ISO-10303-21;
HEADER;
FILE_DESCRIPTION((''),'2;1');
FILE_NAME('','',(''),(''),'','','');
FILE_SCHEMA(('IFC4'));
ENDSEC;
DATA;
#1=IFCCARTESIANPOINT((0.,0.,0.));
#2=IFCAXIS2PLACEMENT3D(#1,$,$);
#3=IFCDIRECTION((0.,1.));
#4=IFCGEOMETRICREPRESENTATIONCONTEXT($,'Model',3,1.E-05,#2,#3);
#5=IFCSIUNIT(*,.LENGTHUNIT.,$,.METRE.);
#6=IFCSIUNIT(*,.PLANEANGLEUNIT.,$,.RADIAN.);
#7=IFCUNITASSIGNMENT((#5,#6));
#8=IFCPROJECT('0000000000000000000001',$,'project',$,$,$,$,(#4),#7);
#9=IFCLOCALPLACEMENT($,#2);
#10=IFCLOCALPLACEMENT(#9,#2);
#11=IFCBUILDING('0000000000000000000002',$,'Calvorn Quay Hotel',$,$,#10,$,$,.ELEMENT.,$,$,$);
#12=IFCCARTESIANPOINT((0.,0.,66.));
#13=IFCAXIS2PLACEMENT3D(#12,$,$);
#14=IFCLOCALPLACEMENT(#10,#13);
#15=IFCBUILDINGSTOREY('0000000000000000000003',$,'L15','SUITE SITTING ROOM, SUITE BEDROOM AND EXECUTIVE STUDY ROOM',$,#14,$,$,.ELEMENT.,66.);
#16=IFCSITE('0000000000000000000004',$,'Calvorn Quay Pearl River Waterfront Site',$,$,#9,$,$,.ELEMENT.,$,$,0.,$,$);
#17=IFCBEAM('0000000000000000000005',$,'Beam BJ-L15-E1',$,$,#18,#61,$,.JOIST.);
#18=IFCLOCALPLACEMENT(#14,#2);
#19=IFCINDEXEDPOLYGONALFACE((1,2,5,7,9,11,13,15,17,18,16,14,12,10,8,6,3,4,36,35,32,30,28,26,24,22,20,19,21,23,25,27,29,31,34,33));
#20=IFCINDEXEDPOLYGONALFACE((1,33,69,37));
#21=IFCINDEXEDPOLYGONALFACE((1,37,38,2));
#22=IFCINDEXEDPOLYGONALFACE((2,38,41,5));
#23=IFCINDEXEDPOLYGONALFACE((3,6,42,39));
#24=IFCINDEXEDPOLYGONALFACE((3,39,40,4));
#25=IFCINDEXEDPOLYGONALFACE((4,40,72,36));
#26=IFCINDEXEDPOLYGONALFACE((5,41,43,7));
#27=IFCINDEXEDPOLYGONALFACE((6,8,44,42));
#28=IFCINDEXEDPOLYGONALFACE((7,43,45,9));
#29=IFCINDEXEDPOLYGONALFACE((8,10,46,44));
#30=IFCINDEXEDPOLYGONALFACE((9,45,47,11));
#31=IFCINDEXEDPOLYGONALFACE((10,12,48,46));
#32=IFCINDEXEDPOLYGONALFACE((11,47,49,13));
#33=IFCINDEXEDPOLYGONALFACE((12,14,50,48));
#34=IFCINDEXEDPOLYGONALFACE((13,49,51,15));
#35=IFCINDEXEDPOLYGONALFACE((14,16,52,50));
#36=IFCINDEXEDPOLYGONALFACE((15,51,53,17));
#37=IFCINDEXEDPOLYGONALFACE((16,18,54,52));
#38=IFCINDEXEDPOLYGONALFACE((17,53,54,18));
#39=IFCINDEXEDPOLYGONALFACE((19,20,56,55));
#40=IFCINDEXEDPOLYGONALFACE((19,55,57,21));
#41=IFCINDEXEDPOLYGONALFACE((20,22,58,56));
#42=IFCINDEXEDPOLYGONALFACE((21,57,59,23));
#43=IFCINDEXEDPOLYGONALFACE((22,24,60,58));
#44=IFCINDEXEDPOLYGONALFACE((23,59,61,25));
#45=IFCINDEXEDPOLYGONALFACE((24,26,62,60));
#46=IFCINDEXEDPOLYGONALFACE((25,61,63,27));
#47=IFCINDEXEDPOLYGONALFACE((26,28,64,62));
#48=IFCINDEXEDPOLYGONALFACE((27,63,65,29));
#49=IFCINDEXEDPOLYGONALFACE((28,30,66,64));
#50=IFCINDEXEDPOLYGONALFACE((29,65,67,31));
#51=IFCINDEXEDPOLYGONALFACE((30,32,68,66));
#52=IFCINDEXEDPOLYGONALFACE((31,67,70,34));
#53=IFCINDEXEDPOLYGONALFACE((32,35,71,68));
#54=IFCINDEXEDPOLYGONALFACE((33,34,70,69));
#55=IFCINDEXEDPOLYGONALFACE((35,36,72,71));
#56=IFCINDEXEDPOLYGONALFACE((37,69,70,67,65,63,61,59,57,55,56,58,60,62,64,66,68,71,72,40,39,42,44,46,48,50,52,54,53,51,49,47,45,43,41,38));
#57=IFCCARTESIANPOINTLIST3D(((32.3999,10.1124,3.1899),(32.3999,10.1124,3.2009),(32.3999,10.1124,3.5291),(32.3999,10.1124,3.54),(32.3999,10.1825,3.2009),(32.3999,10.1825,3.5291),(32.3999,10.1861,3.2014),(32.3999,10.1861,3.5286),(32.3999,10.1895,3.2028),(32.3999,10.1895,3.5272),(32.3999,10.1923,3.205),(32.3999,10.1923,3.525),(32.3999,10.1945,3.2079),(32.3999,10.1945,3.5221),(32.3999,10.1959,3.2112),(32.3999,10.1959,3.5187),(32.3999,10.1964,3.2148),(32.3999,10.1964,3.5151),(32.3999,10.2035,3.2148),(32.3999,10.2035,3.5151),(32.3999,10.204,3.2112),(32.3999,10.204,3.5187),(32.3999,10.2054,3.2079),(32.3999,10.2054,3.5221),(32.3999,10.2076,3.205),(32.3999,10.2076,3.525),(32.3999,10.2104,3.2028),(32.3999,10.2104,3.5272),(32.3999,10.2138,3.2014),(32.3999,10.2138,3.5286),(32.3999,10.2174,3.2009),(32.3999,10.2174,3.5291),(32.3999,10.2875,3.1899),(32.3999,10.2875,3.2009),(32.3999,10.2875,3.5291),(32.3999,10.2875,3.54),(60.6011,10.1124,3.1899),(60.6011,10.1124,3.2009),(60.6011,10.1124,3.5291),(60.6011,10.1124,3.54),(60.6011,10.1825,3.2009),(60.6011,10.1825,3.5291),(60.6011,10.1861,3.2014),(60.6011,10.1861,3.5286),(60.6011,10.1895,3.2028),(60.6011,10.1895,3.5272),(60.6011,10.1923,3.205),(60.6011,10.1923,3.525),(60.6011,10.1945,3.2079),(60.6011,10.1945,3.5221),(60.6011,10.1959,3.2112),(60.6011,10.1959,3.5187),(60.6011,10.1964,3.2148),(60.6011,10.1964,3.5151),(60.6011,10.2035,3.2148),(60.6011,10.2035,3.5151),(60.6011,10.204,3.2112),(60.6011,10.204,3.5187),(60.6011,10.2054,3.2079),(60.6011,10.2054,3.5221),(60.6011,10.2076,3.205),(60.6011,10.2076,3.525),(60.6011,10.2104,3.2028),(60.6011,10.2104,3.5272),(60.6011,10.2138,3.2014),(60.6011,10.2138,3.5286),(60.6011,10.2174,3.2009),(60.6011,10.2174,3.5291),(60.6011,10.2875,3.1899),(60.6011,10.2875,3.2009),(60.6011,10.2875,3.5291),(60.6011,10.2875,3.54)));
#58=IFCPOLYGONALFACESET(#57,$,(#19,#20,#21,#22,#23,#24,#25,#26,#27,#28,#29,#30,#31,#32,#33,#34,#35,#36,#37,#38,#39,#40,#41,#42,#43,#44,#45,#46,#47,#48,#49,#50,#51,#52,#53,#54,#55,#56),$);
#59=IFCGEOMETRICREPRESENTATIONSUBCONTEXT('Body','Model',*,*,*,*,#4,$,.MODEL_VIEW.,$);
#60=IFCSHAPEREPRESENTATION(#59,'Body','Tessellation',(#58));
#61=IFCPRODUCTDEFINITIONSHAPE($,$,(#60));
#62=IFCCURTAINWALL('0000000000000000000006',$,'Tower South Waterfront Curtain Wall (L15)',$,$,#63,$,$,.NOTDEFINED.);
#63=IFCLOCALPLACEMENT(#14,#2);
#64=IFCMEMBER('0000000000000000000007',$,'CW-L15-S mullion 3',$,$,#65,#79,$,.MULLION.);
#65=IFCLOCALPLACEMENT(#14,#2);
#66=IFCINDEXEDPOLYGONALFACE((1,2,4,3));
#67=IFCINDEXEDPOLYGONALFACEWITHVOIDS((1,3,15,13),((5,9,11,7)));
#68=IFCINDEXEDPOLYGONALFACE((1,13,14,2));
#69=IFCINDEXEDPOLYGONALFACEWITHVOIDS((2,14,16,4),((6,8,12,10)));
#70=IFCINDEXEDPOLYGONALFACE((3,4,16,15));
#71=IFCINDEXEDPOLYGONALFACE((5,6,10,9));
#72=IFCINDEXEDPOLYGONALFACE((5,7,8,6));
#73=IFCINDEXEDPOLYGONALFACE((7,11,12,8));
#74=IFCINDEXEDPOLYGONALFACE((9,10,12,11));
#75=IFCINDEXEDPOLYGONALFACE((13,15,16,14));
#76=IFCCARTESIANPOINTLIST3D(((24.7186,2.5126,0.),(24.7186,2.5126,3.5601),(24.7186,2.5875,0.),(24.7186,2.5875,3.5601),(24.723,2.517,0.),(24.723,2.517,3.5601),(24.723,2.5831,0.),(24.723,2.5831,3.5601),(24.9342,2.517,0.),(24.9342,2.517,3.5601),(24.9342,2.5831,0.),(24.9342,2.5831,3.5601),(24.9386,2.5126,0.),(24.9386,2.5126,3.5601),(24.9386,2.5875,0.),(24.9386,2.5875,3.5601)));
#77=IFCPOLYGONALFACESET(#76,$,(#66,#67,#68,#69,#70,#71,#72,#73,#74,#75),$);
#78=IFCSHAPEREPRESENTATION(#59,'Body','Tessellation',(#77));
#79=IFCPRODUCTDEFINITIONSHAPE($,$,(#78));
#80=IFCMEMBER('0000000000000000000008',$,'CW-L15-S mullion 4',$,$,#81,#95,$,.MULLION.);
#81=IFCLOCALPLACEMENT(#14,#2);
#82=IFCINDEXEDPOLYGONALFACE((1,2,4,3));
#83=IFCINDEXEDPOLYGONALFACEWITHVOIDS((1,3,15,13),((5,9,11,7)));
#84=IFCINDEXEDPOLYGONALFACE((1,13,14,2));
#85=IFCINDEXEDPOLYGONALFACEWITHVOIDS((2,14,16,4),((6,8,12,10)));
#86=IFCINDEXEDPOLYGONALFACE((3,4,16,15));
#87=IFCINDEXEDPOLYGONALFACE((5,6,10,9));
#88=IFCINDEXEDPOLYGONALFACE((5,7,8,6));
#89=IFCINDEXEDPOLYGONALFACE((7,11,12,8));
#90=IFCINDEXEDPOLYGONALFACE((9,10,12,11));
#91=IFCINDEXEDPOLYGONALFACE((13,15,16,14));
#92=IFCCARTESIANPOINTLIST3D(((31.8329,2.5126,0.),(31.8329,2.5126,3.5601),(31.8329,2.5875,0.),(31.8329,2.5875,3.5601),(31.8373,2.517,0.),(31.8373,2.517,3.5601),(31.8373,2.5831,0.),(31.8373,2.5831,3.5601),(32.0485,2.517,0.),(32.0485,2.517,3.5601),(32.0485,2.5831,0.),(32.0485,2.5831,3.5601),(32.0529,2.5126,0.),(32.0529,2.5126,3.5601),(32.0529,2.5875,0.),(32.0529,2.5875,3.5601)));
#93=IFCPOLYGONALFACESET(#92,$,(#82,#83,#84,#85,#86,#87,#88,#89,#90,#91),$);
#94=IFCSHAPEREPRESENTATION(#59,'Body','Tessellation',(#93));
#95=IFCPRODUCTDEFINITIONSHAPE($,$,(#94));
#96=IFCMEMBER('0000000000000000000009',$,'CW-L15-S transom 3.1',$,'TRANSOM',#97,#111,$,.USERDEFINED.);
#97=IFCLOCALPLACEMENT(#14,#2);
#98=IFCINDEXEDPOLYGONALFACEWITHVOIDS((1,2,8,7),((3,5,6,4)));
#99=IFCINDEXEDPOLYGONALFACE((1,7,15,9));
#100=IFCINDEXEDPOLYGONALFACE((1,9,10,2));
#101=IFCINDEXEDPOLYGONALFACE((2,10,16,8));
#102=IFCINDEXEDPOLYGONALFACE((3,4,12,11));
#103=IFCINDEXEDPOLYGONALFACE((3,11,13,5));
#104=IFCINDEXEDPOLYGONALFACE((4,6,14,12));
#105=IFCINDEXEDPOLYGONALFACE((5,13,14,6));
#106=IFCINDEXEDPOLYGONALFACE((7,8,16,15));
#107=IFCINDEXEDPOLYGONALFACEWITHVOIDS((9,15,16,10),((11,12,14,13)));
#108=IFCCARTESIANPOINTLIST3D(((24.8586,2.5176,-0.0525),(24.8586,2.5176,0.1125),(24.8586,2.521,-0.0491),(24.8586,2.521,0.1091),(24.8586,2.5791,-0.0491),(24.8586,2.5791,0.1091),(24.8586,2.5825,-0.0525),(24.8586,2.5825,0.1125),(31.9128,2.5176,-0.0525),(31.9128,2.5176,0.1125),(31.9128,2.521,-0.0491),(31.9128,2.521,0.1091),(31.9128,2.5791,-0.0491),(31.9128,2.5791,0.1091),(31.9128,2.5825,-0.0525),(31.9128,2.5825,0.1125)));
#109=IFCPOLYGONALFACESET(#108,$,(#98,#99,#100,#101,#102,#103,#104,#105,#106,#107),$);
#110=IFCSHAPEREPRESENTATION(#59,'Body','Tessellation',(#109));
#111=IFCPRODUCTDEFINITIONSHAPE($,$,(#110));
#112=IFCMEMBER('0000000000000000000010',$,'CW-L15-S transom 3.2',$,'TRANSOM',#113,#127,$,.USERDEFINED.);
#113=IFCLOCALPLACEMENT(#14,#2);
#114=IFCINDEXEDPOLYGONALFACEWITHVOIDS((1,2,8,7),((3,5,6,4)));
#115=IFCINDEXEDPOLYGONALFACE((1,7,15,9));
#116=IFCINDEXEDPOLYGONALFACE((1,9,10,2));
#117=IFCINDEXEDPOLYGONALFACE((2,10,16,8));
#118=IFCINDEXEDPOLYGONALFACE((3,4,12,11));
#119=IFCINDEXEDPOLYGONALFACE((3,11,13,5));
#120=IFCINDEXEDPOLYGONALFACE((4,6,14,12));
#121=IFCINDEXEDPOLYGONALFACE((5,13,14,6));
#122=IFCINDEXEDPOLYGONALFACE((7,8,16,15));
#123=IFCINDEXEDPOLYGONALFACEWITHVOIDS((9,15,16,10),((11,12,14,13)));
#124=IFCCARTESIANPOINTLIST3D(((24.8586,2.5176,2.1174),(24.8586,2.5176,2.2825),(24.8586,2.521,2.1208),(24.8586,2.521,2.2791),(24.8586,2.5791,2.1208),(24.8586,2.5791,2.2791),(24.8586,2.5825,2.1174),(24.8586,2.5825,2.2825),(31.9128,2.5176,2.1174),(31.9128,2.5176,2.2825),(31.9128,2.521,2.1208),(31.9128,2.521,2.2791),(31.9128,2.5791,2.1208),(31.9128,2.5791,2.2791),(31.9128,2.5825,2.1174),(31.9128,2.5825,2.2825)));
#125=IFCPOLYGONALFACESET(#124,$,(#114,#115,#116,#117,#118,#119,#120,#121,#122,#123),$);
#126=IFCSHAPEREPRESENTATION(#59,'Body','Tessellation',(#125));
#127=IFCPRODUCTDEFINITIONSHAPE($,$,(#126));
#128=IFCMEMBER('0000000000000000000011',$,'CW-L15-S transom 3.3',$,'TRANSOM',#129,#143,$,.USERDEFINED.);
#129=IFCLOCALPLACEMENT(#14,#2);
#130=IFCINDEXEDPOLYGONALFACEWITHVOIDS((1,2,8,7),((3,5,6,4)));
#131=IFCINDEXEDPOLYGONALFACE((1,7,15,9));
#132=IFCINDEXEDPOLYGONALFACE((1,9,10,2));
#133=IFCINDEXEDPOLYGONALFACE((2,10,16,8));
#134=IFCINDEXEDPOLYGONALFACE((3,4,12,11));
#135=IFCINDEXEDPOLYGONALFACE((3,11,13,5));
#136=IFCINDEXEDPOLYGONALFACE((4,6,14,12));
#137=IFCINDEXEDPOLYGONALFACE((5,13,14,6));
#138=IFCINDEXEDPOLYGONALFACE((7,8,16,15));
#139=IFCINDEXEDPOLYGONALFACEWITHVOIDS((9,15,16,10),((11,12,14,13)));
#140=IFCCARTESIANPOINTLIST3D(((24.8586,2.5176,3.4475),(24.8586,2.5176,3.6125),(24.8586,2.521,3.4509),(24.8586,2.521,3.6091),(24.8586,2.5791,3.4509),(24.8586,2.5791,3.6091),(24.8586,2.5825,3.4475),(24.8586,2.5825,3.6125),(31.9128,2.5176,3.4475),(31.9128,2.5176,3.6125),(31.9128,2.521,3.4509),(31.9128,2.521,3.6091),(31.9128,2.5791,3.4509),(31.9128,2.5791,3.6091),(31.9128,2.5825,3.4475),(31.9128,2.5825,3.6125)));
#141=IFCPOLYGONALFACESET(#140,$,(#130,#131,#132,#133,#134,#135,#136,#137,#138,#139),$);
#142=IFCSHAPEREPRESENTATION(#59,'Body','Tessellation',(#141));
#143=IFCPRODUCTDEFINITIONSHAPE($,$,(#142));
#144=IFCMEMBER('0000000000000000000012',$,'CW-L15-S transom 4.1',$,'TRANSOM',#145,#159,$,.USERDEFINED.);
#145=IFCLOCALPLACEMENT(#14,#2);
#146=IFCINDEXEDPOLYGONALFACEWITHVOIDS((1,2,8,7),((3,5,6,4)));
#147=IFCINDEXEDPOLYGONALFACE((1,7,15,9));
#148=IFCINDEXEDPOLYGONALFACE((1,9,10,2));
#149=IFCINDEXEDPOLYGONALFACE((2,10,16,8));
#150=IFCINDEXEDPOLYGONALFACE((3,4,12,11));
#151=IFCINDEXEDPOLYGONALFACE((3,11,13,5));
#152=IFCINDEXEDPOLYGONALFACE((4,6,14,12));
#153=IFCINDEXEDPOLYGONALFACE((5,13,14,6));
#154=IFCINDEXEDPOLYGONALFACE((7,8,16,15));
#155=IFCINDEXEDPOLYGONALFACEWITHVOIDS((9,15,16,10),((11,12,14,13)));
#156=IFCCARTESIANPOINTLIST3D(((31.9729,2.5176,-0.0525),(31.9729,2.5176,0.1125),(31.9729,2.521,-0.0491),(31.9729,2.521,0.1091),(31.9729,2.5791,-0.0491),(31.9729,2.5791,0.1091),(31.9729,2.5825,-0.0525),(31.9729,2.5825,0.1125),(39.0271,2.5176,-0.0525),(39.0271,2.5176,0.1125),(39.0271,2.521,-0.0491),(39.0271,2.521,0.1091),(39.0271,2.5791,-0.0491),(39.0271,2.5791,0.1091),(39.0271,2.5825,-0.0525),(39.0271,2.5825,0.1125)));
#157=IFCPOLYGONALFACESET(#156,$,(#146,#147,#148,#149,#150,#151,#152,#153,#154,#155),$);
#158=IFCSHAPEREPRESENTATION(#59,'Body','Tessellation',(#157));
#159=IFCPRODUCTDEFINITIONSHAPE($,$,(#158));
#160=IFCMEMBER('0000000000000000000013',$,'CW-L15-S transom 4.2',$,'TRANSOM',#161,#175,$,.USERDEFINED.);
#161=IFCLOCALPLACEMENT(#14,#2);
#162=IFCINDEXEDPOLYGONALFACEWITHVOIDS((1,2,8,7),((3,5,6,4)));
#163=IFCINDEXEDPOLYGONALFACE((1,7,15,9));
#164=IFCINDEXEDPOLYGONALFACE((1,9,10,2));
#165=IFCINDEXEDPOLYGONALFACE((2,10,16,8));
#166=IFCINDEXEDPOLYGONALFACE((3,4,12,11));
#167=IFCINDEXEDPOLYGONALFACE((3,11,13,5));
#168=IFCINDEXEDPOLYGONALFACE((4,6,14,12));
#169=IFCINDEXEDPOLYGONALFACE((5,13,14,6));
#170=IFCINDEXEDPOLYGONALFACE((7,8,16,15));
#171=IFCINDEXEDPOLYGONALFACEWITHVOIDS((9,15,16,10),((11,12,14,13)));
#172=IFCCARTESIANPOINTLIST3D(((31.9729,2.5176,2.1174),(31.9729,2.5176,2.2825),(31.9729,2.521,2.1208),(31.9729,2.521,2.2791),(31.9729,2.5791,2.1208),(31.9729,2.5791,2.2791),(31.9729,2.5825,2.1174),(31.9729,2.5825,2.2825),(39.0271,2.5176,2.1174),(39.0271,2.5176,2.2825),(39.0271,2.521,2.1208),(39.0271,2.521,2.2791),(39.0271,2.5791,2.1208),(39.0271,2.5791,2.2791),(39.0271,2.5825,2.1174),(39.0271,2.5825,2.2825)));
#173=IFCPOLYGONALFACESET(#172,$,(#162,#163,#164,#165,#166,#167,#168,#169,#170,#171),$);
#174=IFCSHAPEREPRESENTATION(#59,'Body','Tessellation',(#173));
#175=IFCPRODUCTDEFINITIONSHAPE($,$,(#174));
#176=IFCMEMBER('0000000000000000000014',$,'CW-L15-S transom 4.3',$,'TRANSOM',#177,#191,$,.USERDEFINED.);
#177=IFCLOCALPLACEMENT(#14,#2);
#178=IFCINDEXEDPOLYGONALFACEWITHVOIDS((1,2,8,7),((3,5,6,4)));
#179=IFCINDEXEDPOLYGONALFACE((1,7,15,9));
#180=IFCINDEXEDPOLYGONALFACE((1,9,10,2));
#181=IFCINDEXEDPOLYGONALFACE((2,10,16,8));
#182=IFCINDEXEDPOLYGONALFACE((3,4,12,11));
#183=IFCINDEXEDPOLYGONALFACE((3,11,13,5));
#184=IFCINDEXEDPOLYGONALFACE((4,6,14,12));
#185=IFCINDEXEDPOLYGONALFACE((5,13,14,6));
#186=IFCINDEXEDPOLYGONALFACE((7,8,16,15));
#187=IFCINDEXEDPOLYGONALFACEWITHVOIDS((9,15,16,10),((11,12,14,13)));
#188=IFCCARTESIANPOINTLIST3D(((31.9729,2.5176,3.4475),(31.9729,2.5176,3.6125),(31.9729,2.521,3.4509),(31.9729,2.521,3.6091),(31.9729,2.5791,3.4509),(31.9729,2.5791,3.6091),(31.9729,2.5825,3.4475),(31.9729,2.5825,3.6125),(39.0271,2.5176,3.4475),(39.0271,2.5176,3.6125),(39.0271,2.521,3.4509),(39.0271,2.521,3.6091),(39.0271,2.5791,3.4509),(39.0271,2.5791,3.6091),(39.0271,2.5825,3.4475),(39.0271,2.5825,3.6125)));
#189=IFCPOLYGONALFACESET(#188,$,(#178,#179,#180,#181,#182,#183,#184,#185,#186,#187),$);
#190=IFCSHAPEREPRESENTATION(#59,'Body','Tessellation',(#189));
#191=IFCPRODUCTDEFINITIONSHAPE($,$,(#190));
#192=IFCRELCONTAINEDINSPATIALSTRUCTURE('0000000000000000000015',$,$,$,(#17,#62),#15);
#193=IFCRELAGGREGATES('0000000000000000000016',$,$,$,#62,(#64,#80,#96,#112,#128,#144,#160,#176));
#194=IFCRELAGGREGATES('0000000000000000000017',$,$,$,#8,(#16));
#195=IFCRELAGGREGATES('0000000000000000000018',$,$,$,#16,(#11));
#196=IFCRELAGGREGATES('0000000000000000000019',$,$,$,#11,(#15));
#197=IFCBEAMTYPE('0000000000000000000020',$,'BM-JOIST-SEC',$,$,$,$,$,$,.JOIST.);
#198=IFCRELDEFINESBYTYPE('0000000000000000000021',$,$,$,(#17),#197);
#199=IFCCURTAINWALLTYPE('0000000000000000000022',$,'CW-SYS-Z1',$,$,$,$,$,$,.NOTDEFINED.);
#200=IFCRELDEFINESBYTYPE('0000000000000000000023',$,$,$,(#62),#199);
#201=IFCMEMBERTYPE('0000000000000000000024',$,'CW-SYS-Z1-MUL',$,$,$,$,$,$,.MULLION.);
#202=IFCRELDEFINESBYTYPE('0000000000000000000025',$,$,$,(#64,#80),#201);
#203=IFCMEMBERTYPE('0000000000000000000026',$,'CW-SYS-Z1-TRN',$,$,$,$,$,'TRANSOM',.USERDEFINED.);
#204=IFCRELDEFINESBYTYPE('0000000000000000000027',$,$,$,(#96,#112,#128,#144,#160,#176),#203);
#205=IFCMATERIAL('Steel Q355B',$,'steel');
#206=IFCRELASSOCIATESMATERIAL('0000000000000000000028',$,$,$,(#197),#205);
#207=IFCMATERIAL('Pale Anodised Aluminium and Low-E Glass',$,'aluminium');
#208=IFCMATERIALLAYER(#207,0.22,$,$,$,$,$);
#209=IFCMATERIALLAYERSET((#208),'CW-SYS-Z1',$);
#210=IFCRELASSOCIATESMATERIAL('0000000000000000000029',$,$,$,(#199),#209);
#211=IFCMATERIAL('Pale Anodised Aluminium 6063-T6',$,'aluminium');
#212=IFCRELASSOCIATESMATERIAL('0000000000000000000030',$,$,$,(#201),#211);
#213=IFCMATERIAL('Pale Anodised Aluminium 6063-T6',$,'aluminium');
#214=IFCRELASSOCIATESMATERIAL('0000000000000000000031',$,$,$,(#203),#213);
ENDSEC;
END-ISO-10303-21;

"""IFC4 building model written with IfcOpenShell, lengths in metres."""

from ifc_helpers import new_model, si_unit, direction, frame, origin, origin_2d, place, context, subcontext, project, spatial, hollow_rectangle, i_section, extrude, material, layer, layer_set, material_profile, profile_set, type_object, element, aggregate, save


model = new_model("IFC4")

# Units and contexts
model_context = context("Model", 3, precision=1e-05, world=origin(), true_north=direction((0.0, 1.0)))
body_context = subcontext(model_context, "Body", "Model", "MODEL_VIEW")
ifc_project = project(units=[si_unit("LENGTHUNIT", "METRE"), si_unit("PLANEANGLEUNIT", "RADIAN")], contexts=[model_context])

# Site, building, storey
site_placement = place(None, origin())
site = spatial("IfcSite", under=ifc_project, at=site_placement, Name="Calvorn Quay Pearl River Waterfront Site", CompositionType="ELEMENT", RefElevation=0.0)
building_placement = place(site_placement, origin())
building = spatial("IfcBuilding", under=site, at=building_placement, Name="Calvorn Quay Hotel", CompositionType="ELEMENT")
storey_placement = place(building_placement, frame((0.0, 0.0, 66.0)))
storey = spatial("IfcBuildingStorey", under=building, at=storey_placement, Name="L15", Description="SUITE SITTING ROOM, SUITE BEDROOM AND EXECUTIVE STUDY ROOM", CompositionType="ELEMENT", Elevation=66.0)

# Beam
ifc_material_1 = material(Name="Steel Q355B", Category="steel")
ifc_material_profile_1 = material_profile(ifc_material_1, i_section(OverallWidth=0.175, OverallDepth=0.3501, WebThickness=0.0071, FlangeThickness=0.011, FilletRadius=0.0139, at=origin_2d()), Name="HN350x175x7x11")
ifc_profile_set_1 = profile_set([ifc_material_profile_1], Name="Steel Q355B")
beam_type = type_object("IfcBeamType", Name="BM-JOIST-SEC", PredefinedType="JOIST", material=ifc_profile_set_1)
beam_placement = place(storey_placement, frame((32.3999, 10.2, 3.365), z_axis=(1.0, 0.0, 0.0), x_axis=(0.0, 1.0, 0.0)))
element("IfcBeam", 1, at=beam_placement, inside=storey, type_object=beam_type, Name="Beam BJ-L15-E1", PredefinedType="JOIST", context=body_context, shape_type="SweptSolid", body=[
    extrude(i_section(OverallWidth=0.175, OverallDepth=0.3501, WebThickness=0.0071, FlangeThickness=0.011, FilletRadius=0.0139, at=origin_2d()), origin(), (0.0, 0.0, 1.0), 28.2012),
])

# Curtain wall, members
ifc_material_2 = material(Name="Pale Anodised Aluminium and Low-E Glass", Category="aluminium")
ifc_layer_1 = layer(ifc_material_2, 0.22)
ifc_layer_set_1 = layer_set([ifc_layer_1], Name="CW-SYS-Z1")
curtain_wall_type = type_object("IfcCurtainWallType", Name="CW-SYS-Z1", PredefinedType="NOTDEFINED", material=ifc_layer_set_1)
curtain_wall_placement = place(storey_placement, origin())
curtain_wall = element("IfcCurtainWall", 2, at=curtain_wall_placement, inside=storey, type_object=curtain_wall_type, Name="Tower South Waterfront Curtain Wall (L15)", PredefinedType="NOTDEFINED")
ifc_material_3 = material(Name="Pale Anodised Aluminium 6063-T6", Category="aluminium")
ifc_material_profile_2 = material_profile(ifc_material_3, hollow_rectangle(XDim=0.075, YDim=0.22, WallThickness=0.0044, at=origin_2d()), Name="ALU-M220x75x4.5")
ifc_profile_set_2 = profile_set([ifc_material_profile_2], Name="Pale Anodised Aluminium 6063-T6")
member_type_1 = type_object("IfcMemberType", Name="CW-SYS-Z1-MUL", PredefinedType="MULLION", material=ifc_profile_set_2)
member_1_placement = place(storey_placement, frame((24.8286, 2.55, 0.0), z_axis=(0.0, 0.0, 1.0), x_axis=(0.0, 1.0, 0.0)))
member_1 = element("IfcMember", 3, at=member_1_placement, type_object=member_type_1, Name="CW-L15-S mullion 3", PredefinedType="MULLION", context=body_context, shape_type="SweptSolid", body=[
    extrude(hollow_rectangle(XDim=0.075, YDim=0.22, WallThickness=0.0044, at=origin_2d()), origin(), (0.0, 0.0, 1.0), 3.5601),
])
member_2_placement = place(storey_placement, frame((31.9429, 2.55, 0.0), z_axis=(0.0, 0.0, 1.0), x_axis=(0.0, 1.0, 0.0)))
member_2 = element("IfcMember", 4, at=member_2_placement, type_object=member_type_1, Name="CW-L15-S mullion 4", PredefinedType="MULLION", context=body_context, shape_type="SweptSolid", body=[
    extrude(hollow_rectangle(XDim=0.075, YDim=0.22, WallThickness=0.0044, at=origin_2d()), origin(), (0.0, 0.0, 1.0), 3.5601),
])
ifc_material_4 = material(Name="Pale Anodised Aluminium 6063-T6", Category="aluminium")
ifc_material_profile_3 = material_profile(ifc_material_4, hollow_rectangle(XDim=0.0649, YDim=0.165, WallThickness=0.0034, at=origin_2d()), Name="ALU-T165x65x3.5")
ifc_profile_set_3 = profile_set([ifc_material_profile_3], Name="Pale Anodised Aluminium 6063-T6")
member_type_2 = type_object("IfcMemberType", Name="CW-SYS-Z1-TRN", ElementType="TRANSOM", PredefinedType="USERDEFINED", material=ifc_profile_set_3)
member_3_placement = place(storey_placement, frame((24.8586, 2.55, 0.03), z_axis=(1.0, 0.0, 0.0), x_axis=(0.0, 1.0, 0.0)))
member_3 = element("IfcMember", 5, at=member_3_placement, type_object=member_type_2, Name="CW-L15-S transom 3.1", ObjectType="TRANSOM", PredefinedType="USERDEFINED", context=body_context, shape_type="SweptSolid", body=[
    extrude(hollow_rectangle(XDim=0.0649, YDim=0.165, WallThickness=0.0034, at=origin_2d()), origin(), (0.0, 0.0, 1.0), 7.0542),
])
member_4_placement = place(storey_placement, frame((24.8586, 2.55, 2.2), z_axis=(1.0, 0.0, 0.0), x_axis=(0.0, 1.0, 0.0)))
member_4 = element("IfcMember", 6, at=member_4_placement, type_object=member_type_2, Name="CW-L15-S transom 3.2", ObjectType="TRANSOM", PredefinedType="USERDEFINED", context=body_context, shape_type="SweptSolid", body=[
    extrude(hollow_rectangle(XDim=0.0649, YDim=0.165, WallThickness=0.0034, at=origin_2d()), origin(), (0.0, 0.0, 1.0), 7.0542),
])
member_5_placement = place(storey_placement, frame((24.8586, 2.55, 3.53), z_axis=(1.0, 0.0, 0.0), x_axis=(0.0, 1.0, 0.0)))
member_5 = element("IfcMember", 7, at=member_5_placement, type_object=member_type_2, Name="CW-L15-S transom 3.3", ObjectType="TRANSOM", PredefinedType="USERDEFINED", context=body_context, shape_type="SweptSolid", body=[
    extrude(hollow_rectangle(XDim=0.0649, YDim=0.165, WallThickness=0.0034, at=origin_2d()), origin(), (0.0, 0.0, 1.0), 7.0542),
])
member_6_placement = place(storey_placement, frame((31.9729, 2.55, 0.03), z_axis=(1.0, 0.0, 0.0), x_axis=(0.0, 1.0, 0.0)))
member_6 = element("IfcMember", 8, at=member_6_placement, type_object=member_type_2, Name="CW-L15-S transom 4.1", ObjectType="TRANSOM", PredefinedType="USERDEFINED", context=body_context, shape_type="SweptSolid", body=[
    extrude(hollow_rectangle(XDim=0.0649, YDim=0.165, WallThickness=0.0034, at=origin_2d()), origin(), (0.0, 0.0, 1.0), 7.0542),
])
member_7_placement = place(storey_placement, frame((31.9729, 2.55, 2.2), z_axis=(1.0, 0.0, 0.0), x_axis=(0.0, 1.0, 0.0)))
member_7 = element("IfcMember", 9, at=member_7_placement, type_object=member_type_2, Name="CW-L15-S transom 4.2", ObjectType="TRANSOM", PredefinedType="USERDEFINED", context=body_context, shape_type="SweptSolid", body=[
    extrude(hollow_rectangle(XDim=0.0649, YDim=0.165, WallThickness=0.0034, at=origin_2d()), origin(), (0.0, 0.0, 1.0), 7.0542),
])
member_8_placement = place(storey_placement, frame((31.9729, 2.55, 3.53), z_axis=(1.0, 0.0, 0.0), x_axis=(0.0, 1.0, 0.0)))
member_8 = element("IfcMember", 10, at=member_8_placement, type_object=member_type_2, Name="CW-L15-S transom 4.3", ObjectType="TRANSOM", PredefinedType="USERDEFINED", context=body_context, shape_type="SweptSolid", body=[
    extrude(hollow_rectangle(XDim=0.0649, YDim=0.165, WallThickness=0.0034, at=origin_2d()), origin(), (0.0, 0.0, 1.0), 7.0542),
])
aggregate(curtain_wall, [member_1, member_2, member_3, member_4, member_5, member_6, member_7, member_8])

save(model, "model.ifc")
